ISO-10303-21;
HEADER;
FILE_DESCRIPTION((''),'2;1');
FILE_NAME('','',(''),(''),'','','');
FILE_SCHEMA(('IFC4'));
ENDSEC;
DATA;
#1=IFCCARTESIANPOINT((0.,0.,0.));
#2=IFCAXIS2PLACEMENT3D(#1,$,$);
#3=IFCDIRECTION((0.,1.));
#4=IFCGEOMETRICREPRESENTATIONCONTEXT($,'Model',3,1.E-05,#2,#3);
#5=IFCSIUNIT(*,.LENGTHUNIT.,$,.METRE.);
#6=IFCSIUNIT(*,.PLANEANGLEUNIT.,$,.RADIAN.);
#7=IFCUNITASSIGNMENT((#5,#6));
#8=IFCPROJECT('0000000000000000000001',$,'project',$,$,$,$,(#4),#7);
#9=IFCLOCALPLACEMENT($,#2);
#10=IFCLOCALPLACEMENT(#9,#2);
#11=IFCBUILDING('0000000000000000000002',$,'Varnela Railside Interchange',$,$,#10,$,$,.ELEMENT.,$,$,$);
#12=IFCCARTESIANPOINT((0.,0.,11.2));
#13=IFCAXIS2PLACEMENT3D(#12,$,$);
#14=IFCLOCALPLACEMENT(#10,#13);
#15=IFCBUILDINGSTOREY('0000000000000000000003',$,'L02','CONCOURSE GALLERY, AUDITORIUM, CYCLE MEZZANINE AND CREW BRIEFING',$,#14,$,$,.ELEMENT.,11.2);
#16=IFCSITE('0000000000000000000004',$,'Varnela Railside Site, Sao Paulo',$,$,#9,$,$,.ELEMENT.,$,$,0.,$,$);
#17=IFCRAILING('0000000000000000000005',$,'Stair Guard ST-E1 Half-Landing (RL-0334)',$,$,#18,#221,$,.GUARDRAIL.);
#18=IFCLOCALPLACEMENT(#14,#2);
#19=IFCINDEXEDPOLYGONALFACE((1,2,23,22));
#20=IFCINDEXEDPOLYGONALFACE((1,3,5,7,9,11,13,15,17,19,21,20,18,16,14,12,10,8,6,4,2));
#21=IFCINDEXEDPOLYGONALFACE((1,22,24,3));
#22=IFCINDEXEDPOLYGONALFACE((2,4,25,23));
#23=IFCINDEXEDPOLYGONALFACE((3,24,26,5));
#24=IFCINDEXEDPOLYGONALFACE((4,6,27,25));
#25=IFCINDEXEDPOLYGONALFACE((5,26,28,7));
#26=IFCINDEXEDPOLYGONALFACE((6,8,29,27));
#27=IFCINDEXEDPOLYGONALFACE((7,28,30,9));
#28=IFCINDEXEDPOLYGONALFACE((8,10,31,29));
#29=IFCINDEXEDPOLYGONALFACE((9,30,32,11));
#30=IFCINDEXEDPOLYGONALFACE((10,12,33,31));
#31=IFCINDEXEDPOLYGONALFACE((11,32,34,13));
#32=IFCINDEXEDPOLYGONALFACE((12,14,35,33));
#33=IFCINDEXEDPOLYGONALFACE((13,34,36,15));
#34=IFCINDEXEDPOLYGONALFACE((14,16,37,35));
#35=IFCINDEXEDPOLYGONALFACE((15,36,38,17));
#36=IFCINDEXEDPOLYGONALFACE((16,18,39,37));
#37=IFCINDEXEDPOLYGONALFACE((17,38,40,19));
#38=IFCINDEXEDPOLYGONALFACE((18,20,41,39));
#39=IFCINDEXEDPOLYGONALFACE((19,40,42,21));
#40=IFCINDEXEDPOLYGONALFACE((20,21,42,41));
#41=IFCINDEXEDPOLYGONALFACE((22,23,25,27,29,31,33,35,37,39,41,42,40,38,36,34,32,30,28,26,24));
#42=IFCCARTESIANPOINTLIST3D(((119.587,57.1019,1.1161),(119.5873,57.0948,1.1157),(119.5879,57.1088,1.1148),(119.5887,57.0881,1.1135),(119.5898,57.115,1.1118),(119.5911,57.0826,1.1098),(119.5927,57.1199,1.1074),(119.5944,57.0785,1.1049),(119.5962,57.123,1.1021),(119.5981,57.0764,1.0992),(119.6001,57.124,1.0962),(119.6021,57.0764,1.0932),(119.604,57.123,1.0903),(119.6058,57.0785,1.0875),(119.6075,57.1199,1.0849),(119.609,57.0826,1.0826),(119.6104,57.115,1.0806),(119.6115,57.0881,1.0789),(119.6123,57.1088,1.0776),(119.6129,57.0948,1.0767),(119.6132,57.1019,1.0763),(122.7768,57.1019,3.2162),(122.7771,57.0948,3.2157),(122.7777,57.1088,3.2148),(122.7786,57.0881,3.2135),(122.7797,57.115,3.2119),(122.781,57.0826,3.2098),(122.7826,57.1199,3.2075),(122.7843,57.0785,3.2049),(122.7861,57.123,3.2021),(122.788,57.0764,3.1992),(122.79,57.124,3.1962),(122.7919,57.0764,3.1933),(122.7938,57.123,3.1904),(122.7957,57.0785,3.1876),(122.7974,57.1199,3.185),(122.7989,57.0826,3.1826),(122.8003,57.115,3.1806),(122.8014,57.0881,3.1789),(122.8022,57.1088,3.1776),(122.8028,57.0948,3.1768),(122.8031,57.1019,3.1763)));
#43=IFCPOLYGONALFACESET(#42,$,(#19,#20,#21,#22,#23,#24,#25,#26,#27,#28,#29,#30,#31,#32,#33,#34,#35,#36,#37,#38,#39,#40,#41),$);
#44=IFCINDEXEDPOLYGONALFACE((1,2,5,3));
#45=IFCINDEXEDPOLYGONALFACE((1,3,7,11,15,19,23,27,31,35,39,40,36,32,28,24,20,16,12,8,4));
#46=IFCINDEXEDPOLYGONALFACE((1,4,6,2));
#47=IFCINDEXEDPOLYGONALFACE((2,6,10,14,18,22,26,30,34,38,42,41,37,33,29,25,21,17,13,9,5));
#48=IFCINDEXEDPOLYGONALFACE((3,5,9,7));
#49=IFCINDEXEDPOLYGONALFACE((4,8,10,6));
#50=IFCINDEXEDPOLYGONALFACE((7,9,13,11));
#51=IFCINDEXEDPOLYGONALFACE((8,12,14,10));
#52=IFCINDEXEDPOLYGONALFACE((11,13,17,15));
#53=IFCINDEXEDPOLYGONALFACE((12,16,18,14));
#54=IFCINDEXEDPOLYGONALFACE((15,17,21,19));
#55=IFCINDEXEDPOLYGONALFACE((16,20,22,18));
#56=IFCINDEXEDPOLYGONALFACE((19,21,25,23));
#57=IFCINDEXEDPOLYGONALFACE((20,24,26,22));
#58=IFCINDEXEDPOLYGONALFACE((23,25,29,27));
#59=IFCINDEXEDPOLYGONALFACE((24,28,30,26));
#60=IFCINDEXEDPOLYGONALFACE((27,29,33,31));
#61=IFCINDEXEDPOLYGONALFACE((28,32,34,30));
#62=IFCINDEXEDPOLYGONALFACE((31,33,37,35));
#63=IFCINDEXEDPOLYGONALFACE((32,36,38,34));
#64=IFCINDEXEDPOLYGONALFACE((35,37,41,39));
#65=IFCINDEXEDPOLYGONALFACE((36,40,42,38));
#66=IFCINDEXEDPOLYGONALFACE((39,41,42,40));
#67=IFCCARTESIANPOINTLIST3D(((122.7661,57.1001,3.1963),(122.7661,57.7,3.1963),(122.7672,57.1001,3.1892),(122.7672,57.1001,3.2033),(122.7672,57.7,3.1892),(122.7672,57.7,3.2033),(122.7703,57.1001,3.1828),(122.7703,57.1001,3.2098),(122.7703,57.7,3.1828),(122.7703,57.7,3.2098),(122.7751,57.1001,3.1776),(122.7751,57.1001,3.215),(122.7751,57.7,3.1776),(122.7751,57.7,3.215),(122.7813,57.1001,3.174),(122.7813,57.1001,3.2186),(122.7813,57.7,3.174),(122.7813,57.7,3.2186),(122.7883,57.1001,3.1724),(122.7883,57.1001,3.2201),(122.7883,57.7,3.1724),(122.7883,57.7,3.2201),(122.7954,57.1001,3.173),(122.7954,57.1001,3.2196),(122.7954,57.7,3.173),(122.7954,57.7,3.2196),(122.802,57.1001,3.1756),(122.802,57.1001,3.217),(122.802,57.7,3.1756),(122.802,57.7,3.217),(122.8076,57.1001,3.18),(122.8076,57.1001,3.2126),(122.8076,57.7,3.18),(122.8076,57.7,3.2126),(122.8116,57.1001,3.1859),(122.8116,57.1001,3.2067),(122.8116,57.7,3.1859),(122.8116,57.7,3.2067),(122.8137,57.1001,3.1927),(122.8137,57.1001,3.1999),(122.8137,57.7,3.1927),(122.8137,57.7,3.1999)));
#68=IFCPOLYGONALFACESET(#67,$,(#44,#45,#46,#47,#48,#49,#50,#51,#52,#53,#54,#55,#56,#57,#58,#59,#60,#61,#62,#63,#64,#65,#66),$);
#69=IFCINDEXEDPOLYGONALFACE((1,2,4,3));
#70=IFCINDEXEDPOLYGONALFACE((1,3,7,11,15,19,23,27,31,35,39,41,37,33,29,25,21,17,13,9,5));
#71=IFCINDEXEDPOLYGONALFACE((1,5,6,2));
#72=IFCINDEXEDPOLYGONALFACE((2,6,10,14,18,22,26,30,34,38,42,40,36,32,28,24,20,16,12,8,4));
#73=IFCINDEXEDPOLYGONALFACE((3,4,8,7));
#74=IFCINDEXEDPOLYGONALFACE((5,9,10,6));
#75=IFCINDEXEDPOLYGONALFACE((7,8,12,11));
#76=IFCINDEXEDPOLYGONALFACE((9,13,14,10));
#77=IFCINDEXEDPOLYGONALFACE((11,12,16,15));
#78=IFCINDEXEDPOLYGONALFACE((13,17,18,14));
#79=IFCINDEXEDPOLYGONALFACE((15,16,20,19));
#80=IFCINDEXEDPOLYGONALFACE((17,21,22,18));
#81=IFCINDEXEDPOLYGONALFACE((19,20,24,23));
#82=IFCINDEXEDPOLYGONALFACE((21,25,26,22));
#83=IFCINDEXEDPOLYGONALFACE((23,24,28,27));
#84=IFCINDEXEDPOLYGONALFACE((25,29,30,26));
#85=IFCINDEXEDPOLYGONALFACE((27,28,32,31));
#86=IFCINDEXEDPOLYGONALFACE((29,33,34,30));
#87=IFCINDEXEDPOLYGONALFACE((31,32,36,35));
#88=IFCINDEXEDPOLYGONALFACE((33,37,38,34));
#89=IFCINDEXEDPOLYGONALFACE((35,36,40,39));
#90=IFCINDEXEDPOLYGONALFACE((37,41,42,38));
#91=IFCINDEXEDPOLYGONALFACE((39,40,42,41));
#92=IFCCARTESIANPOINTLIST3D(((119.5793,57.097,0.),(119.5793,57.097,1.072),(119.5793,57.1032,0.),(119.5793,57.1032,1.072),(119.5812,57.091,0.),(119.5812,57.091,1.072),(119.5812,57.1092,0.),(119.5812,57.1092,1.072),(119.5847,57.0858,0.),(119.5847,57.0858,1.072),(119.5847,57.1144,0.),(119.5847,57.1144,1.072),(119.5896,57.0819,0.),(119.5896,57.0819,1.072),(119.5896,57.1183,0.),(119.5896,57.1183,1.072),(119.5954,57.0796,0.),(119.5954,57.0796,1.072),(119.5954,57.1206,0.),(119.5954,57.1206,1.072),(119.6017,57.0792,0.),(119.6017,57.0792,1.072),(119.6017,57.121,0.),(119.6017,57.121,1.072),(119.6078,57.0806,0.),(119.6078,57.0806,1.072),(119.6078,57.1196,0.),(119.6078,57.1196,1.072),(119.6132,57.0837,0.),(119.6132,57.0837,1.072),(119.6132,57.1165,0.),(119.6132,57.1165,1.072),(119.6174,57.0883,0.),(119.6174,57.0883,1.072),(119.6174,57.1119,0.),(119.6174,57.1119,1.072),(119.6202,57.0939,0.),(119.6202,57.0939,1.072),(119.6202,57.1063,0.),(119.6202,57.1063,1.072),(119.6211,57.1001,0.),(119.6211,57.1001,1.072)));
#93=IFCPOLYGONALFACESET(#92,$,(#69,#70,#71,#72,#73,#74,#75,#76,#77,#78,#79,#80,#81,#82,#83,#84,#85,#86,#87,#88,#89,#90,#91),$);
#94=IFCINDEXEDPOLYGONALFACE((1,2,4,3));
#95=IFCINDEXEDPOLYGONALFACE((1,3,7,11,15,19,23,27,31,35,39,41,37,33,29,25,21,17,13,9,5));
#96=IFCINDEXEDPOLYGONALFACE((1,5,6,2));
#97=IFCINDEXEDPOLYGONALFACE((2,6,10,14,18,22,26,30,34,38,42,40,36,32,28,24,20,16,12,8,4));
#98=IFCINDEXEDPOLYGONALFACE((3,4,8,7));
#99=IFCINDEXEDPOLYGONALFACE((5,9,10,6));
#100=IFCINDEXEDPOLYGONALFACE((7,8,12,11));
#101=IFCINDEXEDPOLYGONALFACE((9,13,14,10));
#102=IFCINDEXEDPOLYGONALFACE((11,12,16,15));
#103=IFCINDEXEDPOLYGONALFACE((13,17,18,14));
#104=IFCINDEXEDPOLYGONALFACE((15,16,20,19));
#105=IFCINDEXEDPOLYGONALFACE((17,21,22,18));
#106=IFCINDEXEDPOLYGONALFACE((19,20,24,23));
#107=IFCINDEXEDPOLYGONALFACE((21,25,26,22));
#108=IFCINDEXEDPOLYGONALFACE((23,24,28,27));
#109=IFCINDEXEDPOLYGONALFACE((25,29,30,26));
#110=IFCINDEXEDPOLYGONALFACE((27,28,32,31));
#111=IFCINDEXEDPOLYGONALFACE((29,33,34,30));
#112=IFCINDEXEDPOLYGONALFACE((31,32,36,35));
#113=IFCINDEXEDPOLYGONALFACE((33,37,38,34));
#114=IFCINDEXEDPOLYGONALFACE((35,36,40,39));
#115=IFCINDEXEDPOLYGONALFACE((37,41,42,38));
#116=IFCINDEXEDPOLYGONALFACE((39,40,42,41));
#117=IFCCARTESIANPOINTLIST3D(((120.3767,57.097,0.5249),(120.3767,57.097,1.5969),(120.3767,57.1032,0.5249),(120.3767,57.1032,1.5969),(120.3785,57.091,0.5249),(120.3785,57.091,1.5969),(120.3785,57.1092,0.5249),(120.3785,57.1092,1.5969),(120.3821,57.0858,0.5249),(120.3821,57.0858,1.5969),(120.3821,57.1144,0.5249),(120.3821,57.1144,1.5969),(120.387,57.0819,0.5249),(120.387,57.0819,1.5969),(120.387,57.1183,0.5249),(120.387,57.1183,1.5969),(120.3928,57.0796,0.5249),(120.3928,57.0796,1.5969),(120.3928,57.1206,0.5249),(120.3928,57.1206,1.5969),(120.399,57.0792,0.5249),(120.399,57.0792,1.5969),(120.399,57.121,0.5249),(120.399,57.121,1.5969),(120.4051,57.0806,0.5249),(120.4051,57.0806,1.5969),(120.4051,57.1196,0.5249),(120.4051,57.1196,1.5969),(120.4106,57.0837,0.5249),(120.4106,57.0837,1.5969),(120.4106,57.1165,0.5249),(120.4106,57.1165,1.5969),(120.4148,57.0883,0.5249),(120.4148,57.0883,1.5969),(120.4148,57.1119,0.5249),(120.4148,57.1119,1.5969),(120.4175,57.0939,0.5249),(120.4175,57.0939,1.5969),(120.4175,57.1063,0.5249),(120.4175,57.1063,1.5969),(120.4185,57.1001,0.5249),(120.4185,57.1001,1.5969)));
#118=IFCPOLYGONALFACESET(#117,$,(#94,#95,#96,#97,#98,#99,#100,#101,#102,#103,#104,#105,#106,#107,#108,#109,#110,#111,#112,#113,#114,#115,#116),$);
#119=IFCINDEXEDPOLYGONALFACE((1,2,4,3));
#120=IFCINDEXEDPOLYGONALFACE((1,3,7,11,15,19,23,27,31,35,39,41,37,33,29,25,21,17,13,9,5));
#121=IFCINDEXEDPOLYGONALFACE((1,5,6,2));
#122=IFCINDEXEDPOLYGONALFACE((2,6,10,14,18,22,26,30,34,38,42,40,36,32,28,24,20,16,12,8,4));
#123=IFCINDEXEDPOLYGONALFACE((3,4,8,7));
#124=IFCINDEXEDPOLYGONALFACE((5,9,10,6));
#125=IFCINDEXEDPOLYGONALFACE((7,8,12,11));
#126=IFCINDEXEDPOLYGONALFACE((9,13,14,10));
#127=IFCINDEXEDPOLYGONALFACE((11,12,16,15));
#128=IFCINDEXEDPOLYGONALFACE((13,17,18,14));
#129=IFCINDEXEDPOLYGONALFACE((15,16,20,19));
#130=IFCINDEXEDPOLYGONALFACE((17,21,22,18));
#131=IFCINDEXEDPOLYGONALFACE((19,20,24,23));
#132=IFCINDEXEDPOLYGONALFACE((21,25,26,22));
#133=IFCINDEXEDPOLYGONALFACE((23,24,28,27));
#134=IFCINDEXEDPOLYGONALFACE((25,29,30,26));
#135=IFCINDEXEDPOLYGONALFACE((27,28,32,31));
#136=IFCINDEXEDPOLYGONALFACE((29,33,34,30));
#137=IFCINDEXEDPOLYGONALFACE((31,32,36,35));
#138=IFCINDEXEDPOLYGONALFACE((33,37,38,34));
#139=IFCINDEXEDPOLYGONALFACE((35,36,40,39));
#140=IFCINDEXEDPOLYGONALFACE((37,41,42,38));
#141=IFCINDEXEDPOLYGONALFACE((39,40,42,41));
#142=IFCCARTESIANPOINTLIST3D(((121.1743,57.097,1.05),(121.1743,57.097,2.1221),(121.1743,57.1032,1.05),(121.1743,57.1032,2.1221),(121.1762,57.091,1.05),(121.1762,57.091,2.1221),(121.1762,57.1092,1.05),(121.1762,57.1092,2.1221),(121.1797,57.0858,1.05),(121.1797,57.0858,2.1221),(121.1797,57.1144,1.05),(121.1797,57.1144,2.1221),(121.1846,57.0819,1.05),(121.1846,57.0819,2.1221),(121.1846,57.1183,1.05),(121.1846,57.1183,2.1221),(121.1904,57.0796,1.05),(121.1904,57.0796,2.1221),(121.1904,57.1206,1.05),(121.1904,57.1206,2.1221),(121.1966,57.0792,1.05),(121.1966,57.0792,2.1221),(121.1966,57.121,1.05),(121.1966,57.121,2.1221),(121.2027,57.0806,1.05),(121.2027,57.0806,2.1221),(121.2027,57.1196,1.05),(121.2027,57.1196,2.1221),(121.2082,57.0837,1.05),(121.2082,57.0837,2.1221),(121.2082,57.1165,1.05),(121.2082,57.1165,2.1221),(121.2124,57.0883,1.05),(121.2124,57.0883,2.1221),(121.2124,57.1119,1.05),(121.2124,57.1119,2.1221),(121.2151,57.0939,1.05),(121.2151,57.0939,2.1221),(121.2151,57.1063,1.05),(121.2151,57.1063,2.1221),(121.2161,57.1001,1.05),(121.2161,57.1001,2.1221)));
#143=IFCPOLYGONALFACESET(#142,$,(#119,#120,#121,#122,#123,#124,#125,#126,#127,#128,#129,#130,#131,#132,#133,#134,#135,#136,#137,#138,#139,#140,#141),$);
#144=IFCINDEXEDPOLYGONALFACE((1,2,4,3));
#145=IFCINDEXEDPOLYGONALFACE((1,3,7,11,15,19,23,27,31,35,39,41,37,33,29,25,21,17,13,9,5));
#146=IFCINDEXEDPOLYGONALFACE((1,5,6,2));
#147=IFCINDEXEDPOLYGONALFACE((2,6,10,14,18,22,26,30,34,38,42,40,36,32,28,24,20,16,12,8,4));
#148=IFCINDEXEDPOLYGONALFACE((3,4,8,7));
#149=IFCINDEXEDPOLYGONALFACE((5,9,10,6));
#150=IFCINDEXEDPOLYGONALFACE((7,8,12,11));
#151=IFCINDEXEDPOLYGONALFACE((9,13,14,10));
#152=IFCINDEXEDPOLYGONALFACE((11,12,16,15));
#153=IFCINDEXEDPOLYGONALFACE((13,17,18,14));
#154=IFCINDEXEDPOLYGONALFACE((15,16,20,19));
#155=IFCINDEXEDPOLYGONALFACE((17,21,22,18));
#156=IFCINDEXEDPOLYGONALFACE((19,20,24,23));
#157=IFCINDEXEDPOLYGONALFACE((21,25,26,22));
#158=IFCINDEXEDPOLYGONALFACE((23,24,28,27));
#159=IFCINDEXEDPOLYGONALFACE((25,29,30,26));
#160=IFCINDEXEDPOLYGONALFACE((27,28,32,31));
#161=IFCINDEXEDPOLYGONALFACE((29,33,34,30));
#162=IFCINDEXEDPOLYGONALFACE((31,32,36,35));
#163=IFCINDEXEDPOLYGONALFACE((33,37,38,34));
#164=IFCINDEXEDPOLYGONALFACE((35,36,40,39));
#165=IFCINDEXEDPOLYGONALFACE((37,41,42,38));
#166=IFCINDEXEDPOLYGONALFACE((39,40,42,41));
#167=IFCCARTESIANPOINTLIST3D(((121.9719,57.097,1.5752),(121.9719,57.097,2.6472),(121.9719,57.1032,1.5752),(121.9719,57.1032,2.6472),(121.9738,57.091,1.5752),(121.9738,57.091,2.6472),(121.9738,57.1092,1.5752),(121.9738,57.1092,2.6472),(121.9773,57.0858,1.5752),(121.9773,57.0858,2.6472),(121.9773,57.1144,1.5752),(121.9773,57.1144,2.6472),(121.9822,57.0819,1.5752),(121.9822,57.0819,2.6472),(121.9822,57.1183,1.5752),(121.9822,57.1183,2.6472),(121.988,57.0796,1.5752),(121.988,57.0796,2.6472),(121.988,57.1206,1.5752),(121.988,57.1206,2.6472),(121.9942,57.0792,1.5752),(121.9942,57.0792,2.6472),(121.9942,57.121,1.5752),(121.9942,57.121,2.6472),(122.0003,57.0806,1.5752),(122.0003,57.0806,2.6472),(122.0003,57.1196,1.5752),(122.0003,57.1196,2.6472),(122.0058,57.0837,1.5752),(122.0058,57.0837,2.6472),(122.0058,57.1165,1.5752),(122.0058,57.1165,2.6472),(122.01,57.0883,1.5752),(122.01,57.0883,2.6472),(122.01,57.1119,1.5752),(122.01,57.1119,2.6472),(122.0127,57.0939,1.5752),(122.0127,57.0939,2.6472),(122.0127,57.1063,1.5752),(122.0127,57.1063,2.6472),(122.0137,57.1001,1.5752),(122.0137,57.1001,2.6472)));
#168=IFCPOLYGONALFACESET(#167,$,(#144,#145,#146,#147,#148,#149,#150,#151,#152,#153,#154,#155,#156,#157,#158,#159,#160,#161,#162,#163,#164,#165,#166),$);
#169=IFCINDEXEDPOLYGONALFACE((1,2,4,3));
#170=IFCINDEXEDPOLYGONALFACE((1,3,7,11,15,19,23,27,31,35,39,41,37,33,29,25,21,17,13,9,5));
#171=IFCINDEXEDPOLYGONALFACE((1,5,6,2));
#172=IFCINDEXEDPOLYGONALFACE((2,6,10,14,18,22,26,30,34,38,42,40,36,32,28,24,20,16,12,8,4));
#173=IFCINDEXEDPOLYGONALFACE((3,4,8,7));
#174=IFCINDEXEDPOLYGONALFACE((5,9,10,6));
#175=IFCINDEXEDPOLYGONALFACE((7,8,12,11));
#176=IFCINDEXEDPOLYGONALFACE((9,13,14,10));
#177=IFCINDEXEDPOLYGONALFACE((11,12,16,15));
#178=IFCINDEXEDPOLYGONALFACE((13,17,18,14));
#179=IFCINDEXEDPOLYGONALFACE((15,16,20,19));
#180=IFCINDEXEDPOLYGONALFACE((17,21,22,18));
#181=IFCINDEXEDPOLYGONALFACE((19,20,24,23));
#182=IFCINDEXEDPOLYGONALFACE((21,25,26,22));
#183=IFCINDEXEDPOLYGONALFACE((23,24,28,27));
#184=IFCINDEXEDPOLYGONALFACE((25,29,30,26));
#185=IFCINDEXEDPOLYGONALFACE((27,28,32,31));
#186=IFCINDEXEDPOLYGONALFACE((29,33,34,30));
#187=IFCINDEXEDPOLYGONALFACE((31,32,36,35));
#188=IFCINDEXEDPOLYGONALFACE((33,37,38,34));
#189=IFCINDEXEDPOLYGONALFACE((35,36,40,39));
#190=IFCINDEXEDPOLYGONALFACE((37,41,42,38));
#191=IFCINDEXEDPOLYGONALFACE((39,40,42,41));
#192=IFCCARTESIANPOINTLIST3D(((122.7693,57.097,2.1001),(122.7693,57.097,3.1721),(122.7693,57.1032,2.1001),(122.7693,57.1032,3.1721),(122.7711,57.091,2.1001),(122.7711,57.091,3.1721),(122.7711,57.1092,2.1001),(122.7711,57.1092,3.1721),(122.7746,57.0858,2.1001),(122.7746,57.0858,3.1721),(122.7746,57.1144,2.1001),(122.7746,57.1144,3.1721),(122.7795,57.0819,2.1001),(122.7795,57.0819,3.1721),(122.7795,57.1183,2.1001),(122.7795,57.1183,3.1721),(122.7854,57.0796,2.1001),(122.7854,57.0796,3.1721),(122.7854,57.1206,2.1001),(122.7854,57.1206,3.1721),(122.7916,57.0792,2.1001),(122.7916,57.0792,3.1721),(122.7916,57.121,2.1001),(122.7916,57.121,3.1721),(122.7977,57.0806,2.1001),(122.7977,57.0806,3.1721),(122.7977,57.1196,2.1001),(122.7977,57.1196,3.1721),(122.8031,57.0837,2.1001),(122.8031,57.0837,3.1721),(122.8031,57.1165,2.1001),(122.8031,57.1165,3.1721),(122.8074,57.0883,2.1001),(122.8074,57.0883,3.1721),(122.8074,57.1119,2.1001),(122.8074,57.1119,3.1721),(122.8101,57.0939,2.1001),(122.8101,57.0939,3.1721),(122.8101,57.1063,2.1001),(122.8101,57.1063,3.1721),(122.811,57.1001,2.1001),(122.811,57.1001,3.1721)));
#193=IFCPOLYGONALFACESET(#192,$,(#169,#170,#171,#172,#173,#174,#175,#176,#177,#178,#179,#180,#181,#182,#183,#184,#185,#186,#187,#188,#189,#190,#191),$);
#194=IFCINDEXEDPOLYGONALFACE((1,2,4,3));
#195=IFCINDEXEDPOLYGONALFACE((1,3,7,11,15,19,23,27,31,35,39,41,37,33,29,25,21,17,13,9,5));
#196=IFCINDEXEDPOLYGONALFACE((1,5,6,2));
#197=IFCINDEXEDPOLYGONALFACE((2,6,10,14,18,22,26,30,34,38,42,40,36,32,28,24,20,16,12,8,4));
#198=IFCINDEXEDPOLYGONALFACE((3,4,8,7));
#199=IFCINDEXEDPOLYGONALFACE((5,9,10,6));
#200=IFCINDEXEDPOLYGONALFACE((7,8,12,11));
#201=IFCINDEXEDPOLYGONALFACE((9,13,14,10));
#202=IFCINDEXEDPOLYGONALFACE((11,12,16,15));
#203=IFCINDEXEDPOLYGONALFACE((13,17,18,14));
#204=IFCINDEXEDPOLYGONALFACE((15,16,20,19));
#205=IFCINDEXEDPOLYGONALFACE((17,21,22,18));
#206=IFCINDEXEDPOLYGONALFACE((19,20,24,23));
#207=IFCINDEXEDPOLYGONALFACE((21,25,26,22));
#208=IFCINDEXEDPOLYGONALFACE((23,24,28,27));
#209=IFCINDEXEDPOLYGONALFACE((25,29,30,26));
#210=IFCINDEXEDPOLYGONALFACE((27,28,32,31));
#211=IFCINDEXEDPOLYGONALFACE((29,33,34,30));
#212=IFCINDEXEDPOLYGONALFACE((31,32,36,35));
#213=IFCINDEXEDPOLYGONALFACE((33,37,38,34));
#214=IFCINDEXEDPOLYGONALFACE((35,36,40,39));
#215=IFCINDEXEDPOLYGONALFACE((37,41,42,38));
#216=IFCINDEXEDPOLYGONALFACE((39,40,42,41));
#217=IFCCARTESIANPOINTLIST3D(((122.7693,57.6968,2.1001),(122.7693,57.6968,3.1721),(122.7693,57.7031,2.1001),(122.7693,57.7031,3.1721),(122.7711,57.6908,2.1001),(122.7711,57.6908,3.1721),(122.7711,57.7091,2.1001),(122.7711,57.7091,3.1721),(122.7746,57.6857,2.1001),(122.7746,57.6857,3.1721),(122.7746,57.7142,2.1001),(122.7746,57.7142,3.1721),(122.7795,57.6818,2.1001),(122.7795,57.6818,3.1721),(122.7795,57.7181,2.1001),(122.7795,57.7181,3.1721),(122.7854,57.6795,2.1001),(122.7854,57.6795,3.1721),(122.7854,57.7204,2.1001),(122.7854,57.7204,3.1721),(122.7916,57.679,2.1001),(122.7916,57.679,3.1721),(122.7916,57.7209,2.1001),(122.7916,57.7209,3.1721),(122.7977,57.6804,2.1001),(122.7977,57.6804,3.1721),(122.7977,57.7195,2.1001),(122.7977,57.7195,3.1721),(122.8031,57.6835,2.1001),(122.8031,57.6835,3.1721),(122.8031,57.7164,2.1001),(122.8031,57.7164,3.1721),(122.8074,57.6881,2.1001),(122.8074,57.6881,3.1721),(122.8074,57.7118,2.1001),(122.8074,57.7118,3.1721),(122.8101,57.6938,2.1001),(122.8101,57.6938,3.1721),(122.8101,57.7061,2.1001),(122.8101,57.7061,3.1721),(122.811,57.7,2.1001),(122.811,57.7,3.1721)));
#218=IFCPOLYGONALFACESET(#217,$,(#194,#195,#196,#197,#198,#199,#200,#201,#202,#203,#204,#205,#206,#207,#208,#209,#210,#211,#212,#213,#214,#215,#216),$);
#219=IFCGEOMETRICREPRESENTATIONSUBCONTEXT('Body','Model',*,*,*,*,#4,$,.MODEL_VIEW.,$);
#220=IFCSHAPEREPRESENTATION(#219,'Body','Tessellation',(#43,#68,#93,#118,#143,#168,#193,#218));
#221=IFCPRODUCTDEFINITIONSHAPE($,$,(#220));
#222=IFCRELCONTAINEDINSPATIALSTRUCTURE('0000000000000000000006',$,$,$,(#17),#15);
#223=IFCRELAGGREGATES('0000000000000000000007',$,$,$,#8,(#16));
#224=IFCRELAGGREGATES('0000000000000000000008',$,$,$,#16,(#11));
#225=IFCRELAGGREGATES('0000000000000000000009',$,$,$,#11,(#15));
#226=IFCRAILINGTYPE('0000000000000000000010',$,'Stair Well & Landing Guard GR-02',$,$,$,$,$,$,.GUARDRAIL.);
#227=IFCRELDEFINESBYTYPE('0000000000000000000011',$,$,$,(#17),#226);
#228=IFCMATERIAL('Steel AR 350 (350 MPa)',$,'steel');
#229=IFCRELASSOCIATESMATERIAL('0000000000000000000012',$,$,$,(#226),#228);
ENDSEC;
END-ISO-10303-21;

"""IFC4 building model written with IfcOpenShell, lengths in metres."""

from ifc_helpers import new_model, si_unit, direction, frame, origin, origin_2d, place, context, subcontext, project, spatial, circle, extrude, material, type_object, element, save


model = new_model("IFC4")

# Units and contexts
model_context = context("Model", 3, precision=1e-05, world=origin(), true_north=direction((0.0, 1.0)))
body_context = subcontext(model_context, "Body", "Model", "MODEL_VIEW")
ifc_project = project(units=[si_unit("LENGTHUNIT", "METRE"), si_unit("PLANEANGLEUNIT", "RADIAN")], contexts=[model_context])

# Site, building, storey
site_placement = place(None, origin())
site = spatial("IfcSite", under=ifc_project, at=site_placement, Name="Varnela Railside Site, Sao Paulo", CompositionType="ELEMENT", RefElevation=0.0)
building_placement = place(site_placement, origin())
building = spatial("IfcBuilding", under=site, at=building_placement, Name="Varnela Railside Interchange", CompositionType="ELEMENT")
storey_placement = place(building_placement, frame((0.0, 0.0, 11.2)))
storey = spatial("IfcBuildingStorey", under=building, at=storey_placement, Name="L02", Description="CONCOURSE GALLERY, AUDITORIUM, CYCLE MEZZANINE AND CREW BRIEFING", CompositionType="ELEMENT", Elevation=11.2)

# Shared definitions
ifc_material_1 = material(Name="Steel AR 350 (350 MPa)", Category="steel")

# Railing
railing_type_1 = type_object("IfcRailingType", Name="Stair Well & Landing Guard GR-02", PredefinedType="GUARDRAIL", material=ifc_material_1)
railing_1_placement = place(storey_placement, frame((119.6001, 57.1001, 0.0)))
element("IfcRailing", 1, at=railing_1_placement, inside=storey, type_object=railing_type_1, Name="Stair Guard ST-E1 Half-Landing (RL-0334)", PredefinedType="GUARDRAIL", context=body_context, shape_type="SweptSolid", body=[
    extrude(circle(Radius=0.0239, at=origin_2d()), frame((0.0, 0.0, 1.0962), z_axis=(0.835242, 0.0, 0.549882), x_axis=(0.0, 1.0, 0.0)), (0.0, 0.0, 1.0), 3.8191),
    extrude(circle(Radius=0.0239, at=origin_2d()), frame((3.1899, 0.0, 3.1963), z_axis=(0.0, 1.0, 0.0), x_axis=(-1.0, 0.0, 0.0)), (0.0, 0.0, 1.0), 0.5999),
    extrude(circle(Radius=0.021, at=origin_2d()), origin(), (0.0, 0.0, 1.0), 1.072),
    extrude(circle(Radius=0.021, at=origin_2d()), frame((0.7974, 0.0, 0.5249)), (0.0, 0.0, 1.0), 1.072),
    extrude(circle(Radius=0.021, at=origin_2d()), frame((1.595, 0.0, 1.05)), (0.0, 0.0, 1.0), 1.072),
    extrude(circle(Radius=0.021, at=origin_2d()), frame((2.3926, 0.0, 1.5752)), (0.0, 0.0, 1.0), 1.072),
    extrude(circle(Radius=0.021, at=origin_2d()), frame((3.1899, 0.0, 2.1001)), (0.0, 0.0, 1.0), 1.072),
    extrude(circle(Radius=0.021, at=origin_2d()), frame((3.1899, 0.5999, 2.1001)), (0.0, 0.0, 1.0), 1.072),
])

save(model, "model.ifc")
